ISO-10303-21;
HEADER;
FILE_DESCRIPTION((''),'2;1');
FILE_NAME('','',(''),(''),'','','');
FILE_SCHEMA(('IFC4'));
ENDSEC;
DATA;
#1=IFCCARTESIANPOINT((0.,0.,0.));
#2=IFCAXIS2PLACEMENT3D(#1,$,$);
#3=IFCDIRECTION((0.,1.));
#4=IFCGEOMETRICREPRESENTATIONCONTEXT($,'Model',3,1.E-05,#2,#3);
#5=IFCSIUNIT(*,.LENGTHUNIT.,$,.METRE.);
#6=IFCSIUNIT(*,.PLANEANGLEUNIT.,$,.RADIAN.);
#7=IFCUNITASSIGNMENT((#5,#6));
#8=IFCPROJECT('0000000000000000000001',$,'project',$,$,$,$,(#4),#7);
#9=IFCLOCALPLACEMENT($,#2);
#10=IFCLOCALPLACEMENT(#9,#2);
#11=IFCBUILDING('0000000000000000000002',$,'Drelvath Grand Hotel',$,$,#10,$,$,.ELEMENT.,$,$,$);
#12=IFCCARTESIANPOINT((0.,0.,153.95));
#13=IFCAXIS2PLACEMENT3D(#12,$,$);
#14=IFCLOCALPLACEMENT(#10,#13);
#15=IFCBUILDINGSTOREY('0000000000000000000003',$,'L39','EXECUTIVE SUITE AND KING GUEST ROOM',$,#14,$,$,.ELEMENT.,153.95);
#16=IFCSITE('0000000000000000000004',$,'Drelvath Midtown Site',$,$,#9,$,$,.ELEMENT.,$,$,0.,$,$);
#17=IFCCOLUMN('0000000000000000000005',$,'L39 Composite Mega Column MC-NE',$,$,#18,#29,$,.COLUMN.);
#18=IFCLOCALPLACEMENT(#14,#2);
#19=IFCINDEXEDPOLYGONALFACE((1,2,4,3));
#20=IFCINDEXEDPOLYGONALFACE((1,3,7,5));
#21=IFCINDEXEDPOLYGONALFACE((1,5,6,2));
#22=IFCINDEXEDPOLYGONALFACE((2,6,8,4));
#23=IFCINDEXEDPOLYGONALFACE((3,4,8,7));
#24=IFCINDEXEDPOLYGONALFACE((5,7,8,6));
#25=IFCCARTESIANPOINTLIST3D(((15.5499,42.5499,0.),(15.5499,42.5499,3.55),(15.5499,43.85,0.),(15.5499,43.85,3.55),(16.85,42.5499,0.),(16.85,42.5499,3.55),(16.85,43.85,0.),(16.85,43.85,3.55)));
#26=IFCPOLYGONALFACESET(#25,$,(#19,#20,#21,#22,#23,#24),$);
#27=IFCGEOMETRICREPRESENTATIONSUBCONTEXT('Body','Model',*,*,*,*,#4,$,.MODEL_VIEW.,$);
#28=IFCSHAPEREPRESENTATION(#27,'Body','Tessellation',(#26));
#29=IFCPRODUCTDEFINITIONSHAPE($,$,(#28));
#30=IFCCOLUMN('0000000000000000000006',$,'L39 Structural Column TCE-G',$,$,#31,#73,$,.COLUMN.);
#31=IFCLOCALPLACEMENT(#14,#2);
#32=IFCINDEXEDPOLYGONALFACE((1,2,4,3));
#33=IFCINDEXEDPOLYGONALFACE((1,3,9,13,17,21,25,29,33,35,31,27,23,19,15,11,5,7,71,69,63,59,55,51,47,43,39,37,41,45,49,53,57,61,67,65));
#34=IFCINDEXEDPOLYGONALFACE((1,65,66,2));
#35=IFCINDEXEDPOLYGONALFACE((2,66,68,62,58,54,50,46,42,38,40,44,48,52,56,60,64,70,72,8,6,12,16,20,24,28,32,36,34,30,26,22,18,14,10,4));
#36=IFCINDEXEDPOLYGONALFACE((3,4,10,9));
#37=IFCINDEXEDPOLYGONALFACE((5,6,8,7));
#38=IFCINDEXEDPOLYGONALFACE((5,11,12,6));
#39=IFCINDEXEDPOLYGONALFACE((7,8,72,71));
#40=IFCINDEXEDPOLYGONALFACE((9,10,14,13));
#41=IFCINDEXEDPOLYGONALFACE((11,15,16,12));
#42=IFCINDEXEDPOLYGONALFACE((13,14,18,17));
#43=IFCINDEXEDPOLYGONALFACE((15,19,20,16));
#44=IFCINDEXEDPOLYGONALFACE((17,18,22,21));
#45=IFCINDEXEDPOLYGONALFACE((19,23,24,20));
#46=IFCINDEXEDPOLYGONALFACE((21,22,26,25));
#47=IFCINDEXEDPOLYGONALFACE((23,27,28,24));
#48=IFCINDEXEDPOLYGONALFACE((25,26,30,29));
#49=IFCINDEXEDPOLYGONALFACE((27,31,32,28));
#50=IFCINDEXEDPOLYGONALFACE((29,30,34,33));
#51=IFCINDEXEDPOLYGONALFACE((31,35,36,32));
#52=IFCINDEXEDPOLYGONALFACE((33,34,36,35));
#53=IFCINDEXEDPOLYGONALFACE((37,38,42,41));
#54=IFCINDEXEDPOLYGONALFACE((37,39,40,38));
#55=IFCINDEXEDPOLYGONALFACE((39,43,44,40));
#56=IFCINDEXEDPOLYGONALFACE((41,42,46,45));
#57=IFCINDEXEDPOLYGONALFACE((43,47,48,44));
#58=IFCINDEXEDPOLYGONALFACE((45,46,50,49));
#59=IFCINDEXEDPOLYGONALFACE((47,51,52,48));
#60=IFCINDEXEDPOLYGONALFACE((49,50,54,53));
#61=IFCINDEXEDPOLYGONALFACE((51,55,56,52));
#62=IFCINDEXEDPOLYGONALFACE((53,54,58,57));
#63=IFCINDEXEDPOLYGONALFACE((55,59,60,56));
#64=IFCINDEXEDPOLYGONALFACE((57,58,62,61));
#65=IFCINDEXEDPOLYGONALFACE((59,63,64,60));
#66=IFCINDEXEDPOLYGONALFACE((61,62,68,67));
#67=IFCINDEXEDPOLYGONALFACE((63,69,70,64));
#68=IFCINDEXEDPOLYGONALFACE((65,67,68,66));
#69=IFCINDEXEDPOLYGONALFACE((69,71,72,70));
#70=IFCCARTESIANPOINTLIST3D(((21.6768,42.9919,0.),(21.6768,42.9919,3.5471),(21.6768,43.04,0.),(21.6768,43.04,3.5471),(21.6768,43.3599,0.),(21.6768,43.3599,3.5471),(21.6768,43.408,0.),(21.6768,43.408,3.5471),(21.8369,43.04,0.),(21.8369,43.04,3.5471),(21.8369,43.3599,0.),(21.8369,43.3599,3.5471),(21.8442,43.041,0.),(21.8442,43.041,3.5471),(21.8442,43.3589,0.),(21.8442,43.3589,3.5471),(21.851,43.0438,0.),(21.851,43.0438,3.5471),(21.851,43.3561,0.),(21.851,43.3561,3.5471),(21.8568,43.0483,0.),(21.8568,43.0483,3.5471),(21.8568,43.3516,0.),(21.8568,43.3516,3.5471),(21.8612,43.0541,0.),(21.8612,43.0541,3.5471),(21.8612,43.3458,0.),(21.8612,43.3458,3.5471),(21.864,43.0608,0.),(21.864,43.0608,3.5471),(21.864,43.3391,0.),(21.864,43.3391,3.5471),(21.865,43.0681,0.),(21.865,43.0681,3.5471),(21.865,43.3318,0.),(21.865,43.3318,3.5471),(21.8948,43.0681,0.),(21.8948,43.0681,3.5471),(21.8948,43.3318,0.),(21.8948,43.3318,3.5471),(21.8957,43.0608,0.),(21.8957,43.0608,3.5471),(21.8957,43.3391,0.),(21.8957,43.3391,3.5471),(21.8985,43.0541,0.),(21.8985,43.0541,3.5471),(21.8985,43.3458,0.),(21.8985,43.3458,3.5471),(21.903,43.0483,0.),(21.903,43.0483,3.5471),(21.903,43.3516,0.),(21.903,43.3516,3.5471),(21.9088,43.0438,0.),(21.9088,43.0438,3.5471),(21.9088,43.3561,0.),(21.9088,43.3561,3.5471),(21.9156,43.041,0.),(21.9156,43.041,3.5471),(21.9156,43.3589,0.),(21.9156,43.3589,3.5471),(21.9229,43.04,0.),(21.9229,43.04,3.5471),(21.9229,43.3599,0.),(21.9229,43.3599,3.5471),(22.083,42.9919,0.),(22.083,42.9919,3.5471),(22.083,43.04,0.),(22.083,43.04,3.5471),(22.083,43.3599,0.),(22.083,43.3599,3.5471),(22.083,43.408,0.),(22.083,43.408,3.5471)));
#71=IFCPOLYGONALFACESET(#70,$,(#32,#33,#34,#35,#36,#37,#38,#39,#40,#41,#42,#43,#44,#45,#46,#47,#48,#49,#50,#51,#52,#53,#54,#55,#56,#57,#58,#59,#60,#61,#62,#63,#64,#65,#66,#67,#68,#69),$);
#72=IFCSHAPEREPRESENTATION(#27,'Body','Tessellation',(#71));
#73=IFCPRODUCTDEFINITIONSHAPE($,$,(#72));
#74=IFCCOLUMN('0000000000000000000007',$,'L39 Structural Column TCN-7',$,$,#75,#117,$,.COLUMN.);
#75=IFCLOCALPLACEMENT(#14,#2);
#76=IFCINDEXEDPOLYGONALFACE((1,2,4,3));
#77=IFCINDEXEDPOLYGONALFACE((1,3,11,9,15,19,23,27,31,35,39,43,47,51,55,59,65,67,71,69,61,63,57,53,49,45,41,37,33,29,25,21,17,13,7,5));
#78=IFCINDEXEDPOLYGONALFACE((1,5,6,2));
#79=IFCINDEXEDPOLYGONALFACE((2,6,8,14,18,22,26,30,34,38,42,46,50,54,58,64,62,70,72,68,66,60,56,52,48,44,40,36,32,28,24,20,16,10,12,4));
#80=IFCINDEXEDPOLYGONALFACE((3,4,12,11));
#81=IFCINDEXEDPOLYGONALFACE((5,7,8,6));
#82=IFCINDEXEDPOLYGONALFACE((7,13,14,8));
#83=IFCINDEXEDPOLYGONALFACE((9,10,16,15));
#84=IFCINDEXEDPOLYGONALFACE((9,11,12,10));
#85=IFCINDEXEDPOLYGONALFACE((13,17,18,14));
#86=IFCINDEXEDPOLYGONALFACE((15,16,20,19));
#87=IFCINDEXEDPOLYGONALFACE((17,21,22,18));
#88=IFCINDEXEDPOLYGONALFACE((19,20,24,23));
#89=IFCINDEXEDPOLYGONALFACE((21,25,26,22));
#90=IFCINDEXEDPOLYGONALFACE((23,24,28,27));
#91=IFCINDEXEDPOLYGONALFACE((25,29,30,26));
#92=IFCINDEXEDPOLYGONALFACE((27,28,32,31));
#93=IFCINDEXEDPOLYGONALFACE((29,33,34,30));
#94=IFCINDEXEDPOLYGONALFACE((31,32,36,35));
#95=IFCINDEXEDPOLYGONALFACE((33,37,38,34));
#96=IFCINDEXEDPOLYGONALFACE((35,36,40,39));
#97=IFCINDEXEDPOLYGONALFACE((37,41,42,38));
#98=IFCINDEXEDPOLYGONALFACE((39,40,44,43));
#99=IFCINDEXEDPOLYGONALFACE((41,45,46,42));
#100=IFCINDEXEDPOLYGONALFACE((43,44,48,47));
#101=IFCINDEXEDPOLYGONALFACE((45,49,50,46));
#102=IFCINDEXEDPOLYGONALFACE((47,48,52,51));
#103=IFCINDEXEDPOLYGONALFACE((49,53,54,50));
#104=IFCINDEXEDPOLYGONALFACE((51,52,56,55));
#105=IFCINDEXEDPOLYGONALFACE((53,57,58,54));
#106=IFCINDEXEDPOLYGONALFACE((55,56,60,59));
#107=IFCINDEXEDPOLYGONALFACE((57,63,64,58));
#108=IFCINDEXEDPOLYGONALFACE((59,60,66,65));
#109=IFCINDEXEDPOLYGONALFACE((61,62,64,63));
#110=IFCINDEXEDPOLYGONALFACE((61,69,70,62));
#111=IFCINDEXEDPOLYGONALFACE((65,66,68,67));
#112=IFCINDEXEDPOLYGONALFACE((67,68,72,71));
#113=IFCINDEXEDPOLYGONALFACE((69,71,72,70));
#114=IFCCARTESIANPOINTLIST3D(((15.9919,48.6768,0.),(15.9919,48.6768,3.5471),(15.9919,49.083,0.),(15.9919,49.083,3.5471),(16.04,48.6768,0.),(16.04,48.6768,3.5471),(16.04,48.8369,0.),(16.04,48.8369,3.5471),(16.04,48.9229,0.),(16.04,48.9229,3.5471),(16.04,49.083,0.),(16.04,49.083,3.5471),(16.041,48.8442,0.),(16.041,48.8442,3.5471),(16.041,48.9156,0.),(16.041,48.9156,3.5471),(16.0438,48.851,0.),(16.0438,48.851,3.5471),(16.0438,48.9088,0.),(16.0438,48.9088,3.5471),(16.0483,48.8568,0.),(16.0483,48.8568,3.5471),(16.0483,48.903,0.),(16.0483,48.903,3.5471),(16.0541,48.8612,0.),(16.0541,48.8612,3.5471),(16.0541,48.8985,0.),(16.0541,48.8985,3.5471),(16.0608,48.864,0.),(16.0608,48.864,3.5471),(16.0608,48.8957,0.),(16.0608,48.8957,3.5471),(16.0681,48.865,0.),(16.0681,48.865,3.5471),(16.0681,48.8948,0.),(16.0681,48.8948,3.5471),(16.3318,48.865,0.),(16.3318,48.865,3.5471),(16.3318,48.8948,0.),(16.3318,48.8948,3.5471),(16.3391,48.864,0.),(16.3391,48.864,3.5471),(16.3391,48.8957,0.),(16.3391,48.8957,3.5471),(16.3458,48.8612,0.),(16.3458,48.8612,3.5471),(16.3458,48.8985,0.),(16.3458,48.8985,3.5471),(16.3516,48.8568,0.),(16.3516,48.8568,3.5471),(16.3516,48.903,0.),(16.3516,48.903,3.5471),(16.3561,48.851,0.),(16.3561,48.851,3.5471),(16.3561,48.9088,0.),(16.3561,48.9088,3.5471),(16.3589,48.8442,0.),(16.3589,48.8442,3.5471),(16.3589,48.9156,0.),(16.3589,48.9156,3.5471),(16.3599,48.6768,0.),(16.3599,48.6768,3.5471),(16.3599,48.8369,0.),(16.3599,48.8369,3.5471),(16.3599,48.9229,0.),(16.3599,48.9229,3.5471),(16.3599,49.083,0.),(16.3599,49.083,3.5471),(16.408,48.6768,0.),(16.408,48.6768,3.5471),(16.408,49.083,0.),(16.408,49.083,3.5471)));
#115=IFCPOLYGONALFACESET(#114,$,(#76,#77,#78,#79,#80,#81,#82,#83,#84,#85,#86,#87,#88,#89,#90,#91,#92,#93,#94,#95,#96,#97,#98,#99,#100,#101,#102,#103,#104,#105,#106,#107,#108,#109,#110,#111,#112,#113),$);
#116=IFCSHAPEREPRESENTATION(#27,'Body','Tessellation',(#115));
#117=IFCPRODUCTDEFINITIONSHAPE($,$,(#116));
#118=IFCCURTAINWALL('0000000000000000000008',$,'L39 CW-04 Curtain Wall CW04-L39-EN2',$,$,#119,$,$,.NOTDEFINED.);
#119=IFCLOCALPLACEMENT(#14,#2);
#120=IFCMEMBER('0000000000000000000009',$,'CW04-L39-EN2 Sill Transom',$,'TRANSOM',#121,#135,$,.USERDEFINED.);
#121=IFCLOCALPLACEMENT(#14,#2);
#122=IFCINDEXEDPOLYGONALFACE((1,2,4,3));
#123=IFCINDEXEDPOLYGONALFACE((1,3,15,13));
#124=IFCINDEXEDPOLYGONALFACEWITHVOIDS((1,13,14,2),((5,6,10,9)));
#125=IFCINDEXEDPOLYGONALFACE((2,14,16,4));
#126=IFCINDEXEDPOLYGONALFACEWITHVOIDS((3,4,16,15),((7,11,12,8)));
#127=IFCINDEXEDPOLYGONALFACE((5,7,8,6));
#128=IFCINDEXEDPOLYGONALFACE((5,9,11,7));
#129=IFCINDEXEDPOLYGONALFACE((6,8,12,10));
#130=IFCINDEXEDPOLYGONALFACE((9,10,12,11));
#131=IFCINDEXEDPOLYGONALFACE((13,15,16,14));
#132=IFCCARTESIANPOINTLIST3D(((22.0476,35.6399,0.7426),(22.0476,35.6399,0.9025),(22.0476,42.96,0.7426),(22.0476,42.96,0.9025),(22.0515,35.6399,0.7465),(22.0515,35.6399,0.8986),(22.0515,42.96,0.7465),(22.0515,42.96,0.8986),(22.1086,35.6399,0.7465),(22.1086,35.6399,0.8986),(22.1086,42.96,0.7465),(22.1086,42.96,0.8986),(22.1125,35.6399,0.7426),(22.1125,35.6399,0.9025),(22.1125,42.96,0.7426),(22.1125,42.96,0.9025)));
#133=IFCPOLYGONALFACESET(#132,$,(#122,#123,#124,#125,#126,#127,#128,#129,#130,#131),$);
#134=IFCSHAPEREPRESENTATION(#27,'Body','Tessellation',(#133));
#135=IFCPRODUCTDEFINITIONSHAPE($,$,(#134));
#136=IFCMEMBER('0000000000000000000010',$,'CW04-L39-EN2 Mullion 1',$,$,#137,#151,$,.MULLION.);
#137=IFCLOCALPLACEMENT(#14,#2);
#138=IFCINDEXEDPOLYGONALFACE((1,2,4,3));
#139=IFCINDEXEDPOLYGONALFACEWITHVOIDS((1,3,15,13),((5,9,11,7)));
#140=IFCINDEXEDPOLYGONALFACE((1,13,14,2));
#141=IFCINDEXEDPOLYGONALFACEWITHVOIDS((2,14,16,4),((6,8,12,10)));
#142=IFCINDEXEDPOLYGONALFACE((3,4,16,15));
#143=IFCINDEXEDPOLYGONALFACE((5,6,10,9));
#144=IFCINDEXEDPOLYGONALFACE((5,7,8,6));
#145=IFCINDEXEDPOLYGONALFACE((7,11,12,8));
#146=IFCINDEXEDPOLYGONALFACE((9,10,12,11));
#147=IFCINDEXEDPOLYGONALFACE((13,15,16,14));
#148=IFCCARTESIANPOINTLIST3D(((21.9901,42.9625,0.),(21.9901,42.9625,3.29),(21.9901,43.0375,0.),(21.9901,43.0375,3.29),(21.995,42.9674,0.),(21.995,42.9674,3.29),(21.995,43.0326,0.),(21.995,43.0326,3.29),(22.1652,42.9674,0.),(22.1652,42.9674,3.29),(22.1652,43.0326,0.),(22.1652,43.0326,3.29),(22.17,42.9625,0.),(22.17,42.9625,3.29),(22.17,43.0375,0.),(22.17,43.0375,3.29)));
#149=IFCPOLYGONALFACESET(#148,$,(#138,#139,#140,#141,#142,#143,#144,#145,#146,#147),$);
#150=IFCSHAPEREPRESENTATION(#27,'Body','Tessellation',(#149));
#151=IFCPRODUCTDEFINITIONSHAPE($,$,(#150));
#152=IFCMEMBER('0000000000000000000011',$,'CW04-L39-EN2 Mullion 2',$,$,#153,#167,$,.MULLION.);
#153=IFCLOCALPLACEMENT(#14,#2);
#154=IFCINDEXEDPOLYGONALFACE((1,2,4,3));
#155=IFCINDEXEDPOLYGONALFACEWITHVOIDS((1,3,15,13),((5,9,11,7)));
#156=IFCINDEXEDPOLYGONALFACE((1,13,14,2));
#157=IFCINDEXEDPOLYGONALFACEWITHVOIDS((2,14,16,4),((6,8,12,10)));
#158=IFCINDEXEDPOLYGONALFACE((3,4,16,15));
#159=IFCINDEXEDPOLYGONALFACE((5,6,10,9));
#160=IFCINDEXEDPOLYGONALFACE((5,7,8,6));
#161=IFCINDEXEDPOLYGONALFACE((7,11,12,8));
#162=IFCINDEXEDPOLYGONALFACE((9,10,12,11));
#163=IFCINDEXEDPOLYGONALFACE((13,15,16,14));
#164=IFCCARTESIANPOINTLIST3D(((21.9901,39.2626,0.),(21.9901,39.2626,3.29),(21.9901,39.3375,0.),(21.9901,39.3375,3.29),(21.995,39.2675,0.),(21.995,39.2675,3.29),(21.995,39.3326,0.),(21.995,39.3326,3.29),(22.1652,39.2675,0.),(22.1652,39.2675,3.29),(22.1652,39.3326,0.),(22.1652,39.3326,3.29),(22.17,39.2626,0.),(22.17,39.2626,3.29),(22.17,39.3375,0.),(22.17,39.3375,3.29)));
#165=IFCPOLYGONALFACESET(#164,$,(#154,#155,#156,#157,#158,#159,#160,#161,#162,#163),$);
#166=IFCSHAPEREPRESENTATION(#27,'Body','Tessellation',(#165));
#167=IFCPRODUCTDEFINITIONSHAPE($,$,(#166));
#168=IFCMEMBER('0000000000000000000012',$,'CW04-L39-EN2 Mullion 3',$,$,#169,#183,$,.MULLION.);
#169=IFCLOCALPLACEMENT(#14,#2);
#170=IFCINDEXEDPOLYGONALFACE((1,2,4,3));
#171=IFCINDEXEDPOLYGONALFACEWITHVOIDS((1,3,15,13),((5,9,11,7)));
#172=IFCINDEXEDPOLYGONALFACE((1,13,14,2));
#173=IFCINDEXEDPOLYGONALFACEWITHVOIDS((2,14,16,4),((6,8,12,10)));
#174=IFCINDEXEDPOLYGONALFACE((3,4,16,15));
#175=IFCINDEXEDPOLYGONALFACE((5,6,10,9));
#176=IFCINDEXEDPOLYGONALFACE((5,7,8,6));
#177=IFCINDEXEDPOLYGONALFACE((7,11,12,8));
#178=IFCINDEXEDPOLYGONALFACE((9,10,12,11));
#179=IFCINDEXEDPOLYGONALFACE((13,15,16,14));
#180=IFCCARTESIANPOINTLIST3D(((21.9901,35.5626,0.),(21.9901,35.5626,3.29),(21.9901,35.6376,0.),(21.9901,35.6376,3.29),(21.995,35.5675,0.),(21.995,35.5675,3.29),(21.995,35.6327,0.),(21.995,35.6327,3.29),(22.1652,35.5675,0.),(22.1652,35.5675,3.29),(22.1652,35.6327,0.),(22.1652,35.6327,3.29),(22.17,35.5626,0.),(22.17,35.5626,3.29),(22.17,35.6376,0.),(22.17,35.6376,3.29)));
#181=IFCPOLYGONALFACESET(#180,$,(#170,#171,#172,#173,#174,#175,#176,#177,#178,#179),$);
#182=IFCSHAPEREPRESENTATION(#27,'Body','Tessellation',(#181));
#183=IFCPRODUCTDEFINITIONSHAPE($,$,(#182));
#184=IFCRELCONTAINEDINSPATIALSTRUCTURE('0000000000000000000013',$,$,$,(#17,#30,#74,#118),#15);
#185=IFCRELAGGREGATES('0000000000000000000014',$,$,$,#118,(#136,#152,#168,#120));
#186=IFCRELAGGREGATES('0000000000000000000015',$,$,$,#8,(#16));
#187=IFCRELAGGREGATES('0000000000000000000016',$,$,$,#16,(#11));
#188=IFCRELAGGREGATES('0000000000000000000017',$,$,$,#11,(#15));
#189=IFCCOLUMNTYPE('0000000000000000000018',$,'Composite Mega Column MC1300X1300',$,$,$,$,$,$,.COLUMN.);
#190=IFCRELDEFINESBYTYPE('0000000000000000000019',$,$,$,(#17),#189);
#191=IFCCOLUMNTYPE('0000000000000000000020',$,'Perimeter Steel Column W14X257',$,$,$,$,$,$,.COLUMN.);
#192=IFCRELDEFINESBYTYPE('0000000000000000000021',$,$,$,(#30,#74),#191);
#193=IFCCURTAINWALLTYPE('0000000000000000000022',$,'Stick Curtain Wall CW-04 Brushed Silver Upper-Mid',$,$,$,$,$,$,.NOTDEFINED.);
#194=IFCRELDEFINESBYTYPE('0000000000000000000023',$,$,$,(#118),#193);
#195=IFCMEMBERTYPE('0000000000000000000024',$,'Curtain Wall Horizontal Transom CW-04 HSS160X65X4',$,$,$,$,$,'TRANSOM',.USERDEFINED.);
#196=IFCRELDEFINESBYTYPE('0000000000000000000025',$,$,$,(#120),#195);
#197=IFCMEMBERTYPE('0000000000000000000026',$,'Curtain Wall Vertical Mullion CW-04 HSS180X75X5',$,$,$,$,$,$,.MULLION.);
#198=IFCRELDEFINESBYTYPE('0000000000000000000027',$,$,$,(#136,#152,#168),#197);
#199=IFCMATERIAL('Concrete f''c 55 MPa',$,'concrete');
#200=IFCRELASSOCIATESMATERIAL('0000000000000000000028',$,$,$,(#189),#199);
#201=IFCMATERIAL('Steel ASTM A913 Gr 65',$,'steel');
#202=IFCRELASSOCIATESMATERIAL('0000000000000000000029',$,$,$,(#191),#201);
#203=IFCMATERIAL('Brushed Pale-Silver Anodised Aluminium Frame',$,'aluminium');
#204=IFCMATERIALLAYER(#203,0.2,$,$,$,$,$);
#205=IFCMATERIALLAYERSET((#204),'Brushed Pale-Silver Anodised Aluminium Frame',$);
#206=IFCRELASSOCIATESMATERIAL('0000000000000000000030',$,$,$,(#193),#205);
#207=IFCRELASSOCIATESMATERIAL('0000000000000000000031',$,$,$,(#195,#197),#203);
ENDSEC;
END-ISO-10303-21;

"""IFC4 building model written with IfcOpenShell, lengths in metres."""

from ifc_helpers import new_model, si_unit, direction, frame, origin, origin_2d, place, context, subcontext, project, spatial, rectangle, hollow_rectangle, i_section, extrude, material, layer, layer_set, material_profile, profile_set, type_object, element, aggregate, save


model = new_model("IFC4")

# Units and contexts
model_context = context("Model", 3, precision=1e-05, world=origin(), true_north=direction((0.0, 1.0)))
body_context = subcontext(model_context, "Body", "Model", "MODEL_VIEW")
ifc_project = project(units=[si_unit("LENGTHUNIT", "METRE"), si_unit("PLANEANGLEUNIT", "RADIAN")], contexts=[model_context])

# Site, building, storey
site_placement = place(None, origin())
site = spatial("IfcSite", under=ifc_project, at=site_placement, Name="Drelvath Midtown Site", CompositionType="ELEMENT", RefElevation=0.0)
building_placement = place(site_placement, origin())
building = spatial("IfcBuilding", under=site, at=building_placement, Name="Drelvath Grand Hotel", CompositionType="ELEMENT")
storey_placement = place(building_placement, frame((0.0, 0.0, 153.95)))
storey = spatial("IfcBuildingStorey", under=building, at=storey_placement, Name="L39", Description="EXECUTIVE SUITE AND KING GUEST ROOM", CompositionType="ELEMENT", Elevation=153.95)

# Columns
ifc_material_1 = material(Name="Concrete f'c 55 MPa", Category="concrete")
ifc_material_profile_1 = material_profile(ifc_material_1, rectangle(XDim=1.3, YDim=1.3, at=origin_2d()), Name="MC1300X1300")
ifc_profile_set_1 = profile_set([ifc_material_profile_1], Name="Concrete f'c 55 MPa")
column_type_1 = type_object("IfcColumnType", Name="Composite Mega Column MC1300X1300", PredefinedType="COLUMN", material=ifc_profile_set_1)
column_placement = place(storey_placement, frame((16.2, 43.2, 0.0), z_axis=(0.0, 0.0, 1.0), x_axis=(1.0, 0.0, 0.0)))
element("IfcColumn", 1, at=column_placement, inside=storey, type_object=column_type_1, Name="L39 Composite Mega Column MC-NE", PredefinedType="COLUMN", context=body_context, shape_type="SweptSolid", body=[
    extrude(rectangle(XDim=1.3, YDim=1.3, at=origin_2d()), origin(), (0.0, 0.0, 1.0), 3.55),
])
ifc_material_2 = material(Name="Steel ASTM A913 Gr 65", Category="steel")
ifc_material_profile_2 = material_profile(ifc_material_2, i_section(OverallWidth=0.4062, OverallDepth=0.416, WebThickness=0.0298, FlangeThickness=0.0481, FilletRadius=0.0281, at=origin_2d()), Name="W14X257")
ifc_profile_set_2 = profile_set([ifc_material_profile_2], Name="Steel ASTM A913 Gr 65")
column_type_2 = type_object("IfcColumnType", Name="Perimeter Steel Column W14X257", PredefinedType="COLUMN", material=ifc_profile_set_2)
for number, where, z_axis, x_axis, name in (
    (2, (21.8799, 43.2, 0.0), (0.0, 0.0, 1.0), (1.0, 0.0, 0.0), "L39 Structural Column TCE-G"),
    (3, (16.2, 48.8799, 0.0), (0.0, 0.0, 1.0), (0.0, 1.0, 0.0), "L39 Structural Column TCN-7"),
):
    element("IfcColumn", number, at=place(storey_placement, frame(where, z_axis=z_axis, x_axis=x_axis)), inside=storey, type_object=column_type_2, Name=name, PredefinedType="COLUMN", context=body_context, shape_type="SweptSolid", body=[
        extrude(i_section(OverallWidth=0.4062, OverallDepth=0.416, WebThickness=0.0298, FlangeThickness=0.0481, FilletRadius=0.0281, at=origin_2d()), origin(), (0.0, 0.0, 1.0), 3.5471),
    ])

# Curtain wall, members
ifc_material_3 = material(Name="Brushed Pale-Silver Anodised Aluminium Frame", Category="aluminium")
ifc_layer_1 = layer(ifc_material_3, 0.2)
ifc_layer_set_1 = layer_set([ifc_layer_1], Name="Brushed Pale-Silver Anodised Aluminium Frame")
curtain_wall_type = type_object("IfcCurtainWallType", Name="Stick Curtain Wall CW-04 Brushed Silver Upper-Mid", PredefinedType="NOTDEFINED", material=ifc_layer_set_1)
curtain_wall_1_placement = place(storey_placement, origin())
curtain_wall_1 = element("IfcCurtainWall", 4, at=curtain_wall_1_placement, inside=storey, type_object=curtain_wall_type, Name="L39 CW-04 Curtain Wall CW04-L39-EN2", PredefinedType="NOTDEFINED")
ifc_material_profile_3 = material_profile(ifc_material_3, hollow_rectangle(XDim=0.0649, YDim=0.1599, WallThickness=0.0039, at=origin_2d()), Name="HSS160X65X4")
ifc_profile_set_3 = profile_set([ifc_material_profile_3], Name="Brushed Pale-Silver Anodised Aluminium Frame")
member_type_1 = type_object("IfcMemberType", Name="Curtain Wall Horizontal Transom CW-04 HSS160X65X4", ElementType="TRANSOM", PredefinedType="USERDEFINED", material=ifc_profile_set_3)
member_1_placement = place(storey_placement, frame((22.0801, 42.96, 0.8225), z_axis=(0.0, -1.0, 0.0), x_axis=(1.0, 0.0, 0.0)))
member_1 = element("IfcMember", 5, at=member_1_placement, type_object=member_type_1, Name="CW04-L39-EN2 Sill Transom", ObjectType="TRANSOM", PredefinedType="USERDEFINED", context=body_context, shape_type="SweptSolid", body=[
    extrude(hollow_rectangle(XDim=0.0649, YDim=0.1599, WallThickness=0.0039, at=origin_2d()), origin(), (0.0, 0.0, 1.0), 7.3201),
])
ifc_material_profile_4 = material_profile(ifc_material_3, hollow_rectangle(XDim=0.075, YDim=0.1799, WallThickness=0.0049, at=origin_2d()), Name="HSS180X75X5")
ifc_profile_set_4 = profile_set([ifc_material_profile_4], Name="Brushed Pale-Silver Anodised Aluminium Frame")
member_type_2 = type_object("IfcMemberType", Name="Curtain Wall Vertical Mullion CW-04 HSS180X75X5", PredefinedType="MULLION", material=ifc_profile_set_4)
member_2_placement = place(storey_placement, frame((22.0801, 43.0, 0.0), z_axis=(0.0, 0.0, 1.0), x_axis=(0.0, 1.0, 0.0)))
member_2 = element("IfcMember", 6, at=member_2_placement, type_object=member_type_2, Name="CW04-L39-EN2 Mullion 1", PredefinedType="MULLION", context=body_context, shape_type="SweptSolid", body=[
    extrude(hollow_rectangle(XDim=0.075, YDim=0.1799, WallThickness=0.0049, at=origin_2d()), origin(), (0.0, 0.0, 1.0), 3.29),
])
member_3_placement = place(storey_placement, frame((22.0801, 39.3, 0.0), z_axis=(0.0, 0.0, 1.0), x_axis=(0.0, 1.0, 0.0)))
member_3 = element("IfcMember", 7, at=member_3_placement, type_object=member_type_2, Name="CW04-L39-EN2 Mullion 2", PredefinedType="MULLION", context=body_context, shape_type="SweptSolid", body=[
    extrude(hollow_rectangle(XDim=0.075, YDim=0.1799, WallThickness=0.0049, at=origin_2d()), origin(), (0.0, 0.0, 1.0), 3.29),
])
member_4_placement = place(storey_placement, frame((22.0801, 35.6001, 0.0), z_axis=(0.0, 0.0, 1.0), x_axis=(0.0, 1.0, 0.0)))
member_4 = element("IfcMember", 8, at=member_4_placement, type_object=member_type_2, Name="CW04-L39-EN2 Mullion 3", PredefinedType="MULLION", context=body_context, shape_type="SweptSolid", body=[
    extrude(hollow_rectangle(XDim=0.075, YDim=0.1799, WallThickness=0.0049, at=origin_2d()), origin(), (0.0, 0.0, 1.0), 3.29),
])

aggregate(curtain_wall_1, [member_2, member_3, member_4, member_1])

save(model, "model.ifc")
